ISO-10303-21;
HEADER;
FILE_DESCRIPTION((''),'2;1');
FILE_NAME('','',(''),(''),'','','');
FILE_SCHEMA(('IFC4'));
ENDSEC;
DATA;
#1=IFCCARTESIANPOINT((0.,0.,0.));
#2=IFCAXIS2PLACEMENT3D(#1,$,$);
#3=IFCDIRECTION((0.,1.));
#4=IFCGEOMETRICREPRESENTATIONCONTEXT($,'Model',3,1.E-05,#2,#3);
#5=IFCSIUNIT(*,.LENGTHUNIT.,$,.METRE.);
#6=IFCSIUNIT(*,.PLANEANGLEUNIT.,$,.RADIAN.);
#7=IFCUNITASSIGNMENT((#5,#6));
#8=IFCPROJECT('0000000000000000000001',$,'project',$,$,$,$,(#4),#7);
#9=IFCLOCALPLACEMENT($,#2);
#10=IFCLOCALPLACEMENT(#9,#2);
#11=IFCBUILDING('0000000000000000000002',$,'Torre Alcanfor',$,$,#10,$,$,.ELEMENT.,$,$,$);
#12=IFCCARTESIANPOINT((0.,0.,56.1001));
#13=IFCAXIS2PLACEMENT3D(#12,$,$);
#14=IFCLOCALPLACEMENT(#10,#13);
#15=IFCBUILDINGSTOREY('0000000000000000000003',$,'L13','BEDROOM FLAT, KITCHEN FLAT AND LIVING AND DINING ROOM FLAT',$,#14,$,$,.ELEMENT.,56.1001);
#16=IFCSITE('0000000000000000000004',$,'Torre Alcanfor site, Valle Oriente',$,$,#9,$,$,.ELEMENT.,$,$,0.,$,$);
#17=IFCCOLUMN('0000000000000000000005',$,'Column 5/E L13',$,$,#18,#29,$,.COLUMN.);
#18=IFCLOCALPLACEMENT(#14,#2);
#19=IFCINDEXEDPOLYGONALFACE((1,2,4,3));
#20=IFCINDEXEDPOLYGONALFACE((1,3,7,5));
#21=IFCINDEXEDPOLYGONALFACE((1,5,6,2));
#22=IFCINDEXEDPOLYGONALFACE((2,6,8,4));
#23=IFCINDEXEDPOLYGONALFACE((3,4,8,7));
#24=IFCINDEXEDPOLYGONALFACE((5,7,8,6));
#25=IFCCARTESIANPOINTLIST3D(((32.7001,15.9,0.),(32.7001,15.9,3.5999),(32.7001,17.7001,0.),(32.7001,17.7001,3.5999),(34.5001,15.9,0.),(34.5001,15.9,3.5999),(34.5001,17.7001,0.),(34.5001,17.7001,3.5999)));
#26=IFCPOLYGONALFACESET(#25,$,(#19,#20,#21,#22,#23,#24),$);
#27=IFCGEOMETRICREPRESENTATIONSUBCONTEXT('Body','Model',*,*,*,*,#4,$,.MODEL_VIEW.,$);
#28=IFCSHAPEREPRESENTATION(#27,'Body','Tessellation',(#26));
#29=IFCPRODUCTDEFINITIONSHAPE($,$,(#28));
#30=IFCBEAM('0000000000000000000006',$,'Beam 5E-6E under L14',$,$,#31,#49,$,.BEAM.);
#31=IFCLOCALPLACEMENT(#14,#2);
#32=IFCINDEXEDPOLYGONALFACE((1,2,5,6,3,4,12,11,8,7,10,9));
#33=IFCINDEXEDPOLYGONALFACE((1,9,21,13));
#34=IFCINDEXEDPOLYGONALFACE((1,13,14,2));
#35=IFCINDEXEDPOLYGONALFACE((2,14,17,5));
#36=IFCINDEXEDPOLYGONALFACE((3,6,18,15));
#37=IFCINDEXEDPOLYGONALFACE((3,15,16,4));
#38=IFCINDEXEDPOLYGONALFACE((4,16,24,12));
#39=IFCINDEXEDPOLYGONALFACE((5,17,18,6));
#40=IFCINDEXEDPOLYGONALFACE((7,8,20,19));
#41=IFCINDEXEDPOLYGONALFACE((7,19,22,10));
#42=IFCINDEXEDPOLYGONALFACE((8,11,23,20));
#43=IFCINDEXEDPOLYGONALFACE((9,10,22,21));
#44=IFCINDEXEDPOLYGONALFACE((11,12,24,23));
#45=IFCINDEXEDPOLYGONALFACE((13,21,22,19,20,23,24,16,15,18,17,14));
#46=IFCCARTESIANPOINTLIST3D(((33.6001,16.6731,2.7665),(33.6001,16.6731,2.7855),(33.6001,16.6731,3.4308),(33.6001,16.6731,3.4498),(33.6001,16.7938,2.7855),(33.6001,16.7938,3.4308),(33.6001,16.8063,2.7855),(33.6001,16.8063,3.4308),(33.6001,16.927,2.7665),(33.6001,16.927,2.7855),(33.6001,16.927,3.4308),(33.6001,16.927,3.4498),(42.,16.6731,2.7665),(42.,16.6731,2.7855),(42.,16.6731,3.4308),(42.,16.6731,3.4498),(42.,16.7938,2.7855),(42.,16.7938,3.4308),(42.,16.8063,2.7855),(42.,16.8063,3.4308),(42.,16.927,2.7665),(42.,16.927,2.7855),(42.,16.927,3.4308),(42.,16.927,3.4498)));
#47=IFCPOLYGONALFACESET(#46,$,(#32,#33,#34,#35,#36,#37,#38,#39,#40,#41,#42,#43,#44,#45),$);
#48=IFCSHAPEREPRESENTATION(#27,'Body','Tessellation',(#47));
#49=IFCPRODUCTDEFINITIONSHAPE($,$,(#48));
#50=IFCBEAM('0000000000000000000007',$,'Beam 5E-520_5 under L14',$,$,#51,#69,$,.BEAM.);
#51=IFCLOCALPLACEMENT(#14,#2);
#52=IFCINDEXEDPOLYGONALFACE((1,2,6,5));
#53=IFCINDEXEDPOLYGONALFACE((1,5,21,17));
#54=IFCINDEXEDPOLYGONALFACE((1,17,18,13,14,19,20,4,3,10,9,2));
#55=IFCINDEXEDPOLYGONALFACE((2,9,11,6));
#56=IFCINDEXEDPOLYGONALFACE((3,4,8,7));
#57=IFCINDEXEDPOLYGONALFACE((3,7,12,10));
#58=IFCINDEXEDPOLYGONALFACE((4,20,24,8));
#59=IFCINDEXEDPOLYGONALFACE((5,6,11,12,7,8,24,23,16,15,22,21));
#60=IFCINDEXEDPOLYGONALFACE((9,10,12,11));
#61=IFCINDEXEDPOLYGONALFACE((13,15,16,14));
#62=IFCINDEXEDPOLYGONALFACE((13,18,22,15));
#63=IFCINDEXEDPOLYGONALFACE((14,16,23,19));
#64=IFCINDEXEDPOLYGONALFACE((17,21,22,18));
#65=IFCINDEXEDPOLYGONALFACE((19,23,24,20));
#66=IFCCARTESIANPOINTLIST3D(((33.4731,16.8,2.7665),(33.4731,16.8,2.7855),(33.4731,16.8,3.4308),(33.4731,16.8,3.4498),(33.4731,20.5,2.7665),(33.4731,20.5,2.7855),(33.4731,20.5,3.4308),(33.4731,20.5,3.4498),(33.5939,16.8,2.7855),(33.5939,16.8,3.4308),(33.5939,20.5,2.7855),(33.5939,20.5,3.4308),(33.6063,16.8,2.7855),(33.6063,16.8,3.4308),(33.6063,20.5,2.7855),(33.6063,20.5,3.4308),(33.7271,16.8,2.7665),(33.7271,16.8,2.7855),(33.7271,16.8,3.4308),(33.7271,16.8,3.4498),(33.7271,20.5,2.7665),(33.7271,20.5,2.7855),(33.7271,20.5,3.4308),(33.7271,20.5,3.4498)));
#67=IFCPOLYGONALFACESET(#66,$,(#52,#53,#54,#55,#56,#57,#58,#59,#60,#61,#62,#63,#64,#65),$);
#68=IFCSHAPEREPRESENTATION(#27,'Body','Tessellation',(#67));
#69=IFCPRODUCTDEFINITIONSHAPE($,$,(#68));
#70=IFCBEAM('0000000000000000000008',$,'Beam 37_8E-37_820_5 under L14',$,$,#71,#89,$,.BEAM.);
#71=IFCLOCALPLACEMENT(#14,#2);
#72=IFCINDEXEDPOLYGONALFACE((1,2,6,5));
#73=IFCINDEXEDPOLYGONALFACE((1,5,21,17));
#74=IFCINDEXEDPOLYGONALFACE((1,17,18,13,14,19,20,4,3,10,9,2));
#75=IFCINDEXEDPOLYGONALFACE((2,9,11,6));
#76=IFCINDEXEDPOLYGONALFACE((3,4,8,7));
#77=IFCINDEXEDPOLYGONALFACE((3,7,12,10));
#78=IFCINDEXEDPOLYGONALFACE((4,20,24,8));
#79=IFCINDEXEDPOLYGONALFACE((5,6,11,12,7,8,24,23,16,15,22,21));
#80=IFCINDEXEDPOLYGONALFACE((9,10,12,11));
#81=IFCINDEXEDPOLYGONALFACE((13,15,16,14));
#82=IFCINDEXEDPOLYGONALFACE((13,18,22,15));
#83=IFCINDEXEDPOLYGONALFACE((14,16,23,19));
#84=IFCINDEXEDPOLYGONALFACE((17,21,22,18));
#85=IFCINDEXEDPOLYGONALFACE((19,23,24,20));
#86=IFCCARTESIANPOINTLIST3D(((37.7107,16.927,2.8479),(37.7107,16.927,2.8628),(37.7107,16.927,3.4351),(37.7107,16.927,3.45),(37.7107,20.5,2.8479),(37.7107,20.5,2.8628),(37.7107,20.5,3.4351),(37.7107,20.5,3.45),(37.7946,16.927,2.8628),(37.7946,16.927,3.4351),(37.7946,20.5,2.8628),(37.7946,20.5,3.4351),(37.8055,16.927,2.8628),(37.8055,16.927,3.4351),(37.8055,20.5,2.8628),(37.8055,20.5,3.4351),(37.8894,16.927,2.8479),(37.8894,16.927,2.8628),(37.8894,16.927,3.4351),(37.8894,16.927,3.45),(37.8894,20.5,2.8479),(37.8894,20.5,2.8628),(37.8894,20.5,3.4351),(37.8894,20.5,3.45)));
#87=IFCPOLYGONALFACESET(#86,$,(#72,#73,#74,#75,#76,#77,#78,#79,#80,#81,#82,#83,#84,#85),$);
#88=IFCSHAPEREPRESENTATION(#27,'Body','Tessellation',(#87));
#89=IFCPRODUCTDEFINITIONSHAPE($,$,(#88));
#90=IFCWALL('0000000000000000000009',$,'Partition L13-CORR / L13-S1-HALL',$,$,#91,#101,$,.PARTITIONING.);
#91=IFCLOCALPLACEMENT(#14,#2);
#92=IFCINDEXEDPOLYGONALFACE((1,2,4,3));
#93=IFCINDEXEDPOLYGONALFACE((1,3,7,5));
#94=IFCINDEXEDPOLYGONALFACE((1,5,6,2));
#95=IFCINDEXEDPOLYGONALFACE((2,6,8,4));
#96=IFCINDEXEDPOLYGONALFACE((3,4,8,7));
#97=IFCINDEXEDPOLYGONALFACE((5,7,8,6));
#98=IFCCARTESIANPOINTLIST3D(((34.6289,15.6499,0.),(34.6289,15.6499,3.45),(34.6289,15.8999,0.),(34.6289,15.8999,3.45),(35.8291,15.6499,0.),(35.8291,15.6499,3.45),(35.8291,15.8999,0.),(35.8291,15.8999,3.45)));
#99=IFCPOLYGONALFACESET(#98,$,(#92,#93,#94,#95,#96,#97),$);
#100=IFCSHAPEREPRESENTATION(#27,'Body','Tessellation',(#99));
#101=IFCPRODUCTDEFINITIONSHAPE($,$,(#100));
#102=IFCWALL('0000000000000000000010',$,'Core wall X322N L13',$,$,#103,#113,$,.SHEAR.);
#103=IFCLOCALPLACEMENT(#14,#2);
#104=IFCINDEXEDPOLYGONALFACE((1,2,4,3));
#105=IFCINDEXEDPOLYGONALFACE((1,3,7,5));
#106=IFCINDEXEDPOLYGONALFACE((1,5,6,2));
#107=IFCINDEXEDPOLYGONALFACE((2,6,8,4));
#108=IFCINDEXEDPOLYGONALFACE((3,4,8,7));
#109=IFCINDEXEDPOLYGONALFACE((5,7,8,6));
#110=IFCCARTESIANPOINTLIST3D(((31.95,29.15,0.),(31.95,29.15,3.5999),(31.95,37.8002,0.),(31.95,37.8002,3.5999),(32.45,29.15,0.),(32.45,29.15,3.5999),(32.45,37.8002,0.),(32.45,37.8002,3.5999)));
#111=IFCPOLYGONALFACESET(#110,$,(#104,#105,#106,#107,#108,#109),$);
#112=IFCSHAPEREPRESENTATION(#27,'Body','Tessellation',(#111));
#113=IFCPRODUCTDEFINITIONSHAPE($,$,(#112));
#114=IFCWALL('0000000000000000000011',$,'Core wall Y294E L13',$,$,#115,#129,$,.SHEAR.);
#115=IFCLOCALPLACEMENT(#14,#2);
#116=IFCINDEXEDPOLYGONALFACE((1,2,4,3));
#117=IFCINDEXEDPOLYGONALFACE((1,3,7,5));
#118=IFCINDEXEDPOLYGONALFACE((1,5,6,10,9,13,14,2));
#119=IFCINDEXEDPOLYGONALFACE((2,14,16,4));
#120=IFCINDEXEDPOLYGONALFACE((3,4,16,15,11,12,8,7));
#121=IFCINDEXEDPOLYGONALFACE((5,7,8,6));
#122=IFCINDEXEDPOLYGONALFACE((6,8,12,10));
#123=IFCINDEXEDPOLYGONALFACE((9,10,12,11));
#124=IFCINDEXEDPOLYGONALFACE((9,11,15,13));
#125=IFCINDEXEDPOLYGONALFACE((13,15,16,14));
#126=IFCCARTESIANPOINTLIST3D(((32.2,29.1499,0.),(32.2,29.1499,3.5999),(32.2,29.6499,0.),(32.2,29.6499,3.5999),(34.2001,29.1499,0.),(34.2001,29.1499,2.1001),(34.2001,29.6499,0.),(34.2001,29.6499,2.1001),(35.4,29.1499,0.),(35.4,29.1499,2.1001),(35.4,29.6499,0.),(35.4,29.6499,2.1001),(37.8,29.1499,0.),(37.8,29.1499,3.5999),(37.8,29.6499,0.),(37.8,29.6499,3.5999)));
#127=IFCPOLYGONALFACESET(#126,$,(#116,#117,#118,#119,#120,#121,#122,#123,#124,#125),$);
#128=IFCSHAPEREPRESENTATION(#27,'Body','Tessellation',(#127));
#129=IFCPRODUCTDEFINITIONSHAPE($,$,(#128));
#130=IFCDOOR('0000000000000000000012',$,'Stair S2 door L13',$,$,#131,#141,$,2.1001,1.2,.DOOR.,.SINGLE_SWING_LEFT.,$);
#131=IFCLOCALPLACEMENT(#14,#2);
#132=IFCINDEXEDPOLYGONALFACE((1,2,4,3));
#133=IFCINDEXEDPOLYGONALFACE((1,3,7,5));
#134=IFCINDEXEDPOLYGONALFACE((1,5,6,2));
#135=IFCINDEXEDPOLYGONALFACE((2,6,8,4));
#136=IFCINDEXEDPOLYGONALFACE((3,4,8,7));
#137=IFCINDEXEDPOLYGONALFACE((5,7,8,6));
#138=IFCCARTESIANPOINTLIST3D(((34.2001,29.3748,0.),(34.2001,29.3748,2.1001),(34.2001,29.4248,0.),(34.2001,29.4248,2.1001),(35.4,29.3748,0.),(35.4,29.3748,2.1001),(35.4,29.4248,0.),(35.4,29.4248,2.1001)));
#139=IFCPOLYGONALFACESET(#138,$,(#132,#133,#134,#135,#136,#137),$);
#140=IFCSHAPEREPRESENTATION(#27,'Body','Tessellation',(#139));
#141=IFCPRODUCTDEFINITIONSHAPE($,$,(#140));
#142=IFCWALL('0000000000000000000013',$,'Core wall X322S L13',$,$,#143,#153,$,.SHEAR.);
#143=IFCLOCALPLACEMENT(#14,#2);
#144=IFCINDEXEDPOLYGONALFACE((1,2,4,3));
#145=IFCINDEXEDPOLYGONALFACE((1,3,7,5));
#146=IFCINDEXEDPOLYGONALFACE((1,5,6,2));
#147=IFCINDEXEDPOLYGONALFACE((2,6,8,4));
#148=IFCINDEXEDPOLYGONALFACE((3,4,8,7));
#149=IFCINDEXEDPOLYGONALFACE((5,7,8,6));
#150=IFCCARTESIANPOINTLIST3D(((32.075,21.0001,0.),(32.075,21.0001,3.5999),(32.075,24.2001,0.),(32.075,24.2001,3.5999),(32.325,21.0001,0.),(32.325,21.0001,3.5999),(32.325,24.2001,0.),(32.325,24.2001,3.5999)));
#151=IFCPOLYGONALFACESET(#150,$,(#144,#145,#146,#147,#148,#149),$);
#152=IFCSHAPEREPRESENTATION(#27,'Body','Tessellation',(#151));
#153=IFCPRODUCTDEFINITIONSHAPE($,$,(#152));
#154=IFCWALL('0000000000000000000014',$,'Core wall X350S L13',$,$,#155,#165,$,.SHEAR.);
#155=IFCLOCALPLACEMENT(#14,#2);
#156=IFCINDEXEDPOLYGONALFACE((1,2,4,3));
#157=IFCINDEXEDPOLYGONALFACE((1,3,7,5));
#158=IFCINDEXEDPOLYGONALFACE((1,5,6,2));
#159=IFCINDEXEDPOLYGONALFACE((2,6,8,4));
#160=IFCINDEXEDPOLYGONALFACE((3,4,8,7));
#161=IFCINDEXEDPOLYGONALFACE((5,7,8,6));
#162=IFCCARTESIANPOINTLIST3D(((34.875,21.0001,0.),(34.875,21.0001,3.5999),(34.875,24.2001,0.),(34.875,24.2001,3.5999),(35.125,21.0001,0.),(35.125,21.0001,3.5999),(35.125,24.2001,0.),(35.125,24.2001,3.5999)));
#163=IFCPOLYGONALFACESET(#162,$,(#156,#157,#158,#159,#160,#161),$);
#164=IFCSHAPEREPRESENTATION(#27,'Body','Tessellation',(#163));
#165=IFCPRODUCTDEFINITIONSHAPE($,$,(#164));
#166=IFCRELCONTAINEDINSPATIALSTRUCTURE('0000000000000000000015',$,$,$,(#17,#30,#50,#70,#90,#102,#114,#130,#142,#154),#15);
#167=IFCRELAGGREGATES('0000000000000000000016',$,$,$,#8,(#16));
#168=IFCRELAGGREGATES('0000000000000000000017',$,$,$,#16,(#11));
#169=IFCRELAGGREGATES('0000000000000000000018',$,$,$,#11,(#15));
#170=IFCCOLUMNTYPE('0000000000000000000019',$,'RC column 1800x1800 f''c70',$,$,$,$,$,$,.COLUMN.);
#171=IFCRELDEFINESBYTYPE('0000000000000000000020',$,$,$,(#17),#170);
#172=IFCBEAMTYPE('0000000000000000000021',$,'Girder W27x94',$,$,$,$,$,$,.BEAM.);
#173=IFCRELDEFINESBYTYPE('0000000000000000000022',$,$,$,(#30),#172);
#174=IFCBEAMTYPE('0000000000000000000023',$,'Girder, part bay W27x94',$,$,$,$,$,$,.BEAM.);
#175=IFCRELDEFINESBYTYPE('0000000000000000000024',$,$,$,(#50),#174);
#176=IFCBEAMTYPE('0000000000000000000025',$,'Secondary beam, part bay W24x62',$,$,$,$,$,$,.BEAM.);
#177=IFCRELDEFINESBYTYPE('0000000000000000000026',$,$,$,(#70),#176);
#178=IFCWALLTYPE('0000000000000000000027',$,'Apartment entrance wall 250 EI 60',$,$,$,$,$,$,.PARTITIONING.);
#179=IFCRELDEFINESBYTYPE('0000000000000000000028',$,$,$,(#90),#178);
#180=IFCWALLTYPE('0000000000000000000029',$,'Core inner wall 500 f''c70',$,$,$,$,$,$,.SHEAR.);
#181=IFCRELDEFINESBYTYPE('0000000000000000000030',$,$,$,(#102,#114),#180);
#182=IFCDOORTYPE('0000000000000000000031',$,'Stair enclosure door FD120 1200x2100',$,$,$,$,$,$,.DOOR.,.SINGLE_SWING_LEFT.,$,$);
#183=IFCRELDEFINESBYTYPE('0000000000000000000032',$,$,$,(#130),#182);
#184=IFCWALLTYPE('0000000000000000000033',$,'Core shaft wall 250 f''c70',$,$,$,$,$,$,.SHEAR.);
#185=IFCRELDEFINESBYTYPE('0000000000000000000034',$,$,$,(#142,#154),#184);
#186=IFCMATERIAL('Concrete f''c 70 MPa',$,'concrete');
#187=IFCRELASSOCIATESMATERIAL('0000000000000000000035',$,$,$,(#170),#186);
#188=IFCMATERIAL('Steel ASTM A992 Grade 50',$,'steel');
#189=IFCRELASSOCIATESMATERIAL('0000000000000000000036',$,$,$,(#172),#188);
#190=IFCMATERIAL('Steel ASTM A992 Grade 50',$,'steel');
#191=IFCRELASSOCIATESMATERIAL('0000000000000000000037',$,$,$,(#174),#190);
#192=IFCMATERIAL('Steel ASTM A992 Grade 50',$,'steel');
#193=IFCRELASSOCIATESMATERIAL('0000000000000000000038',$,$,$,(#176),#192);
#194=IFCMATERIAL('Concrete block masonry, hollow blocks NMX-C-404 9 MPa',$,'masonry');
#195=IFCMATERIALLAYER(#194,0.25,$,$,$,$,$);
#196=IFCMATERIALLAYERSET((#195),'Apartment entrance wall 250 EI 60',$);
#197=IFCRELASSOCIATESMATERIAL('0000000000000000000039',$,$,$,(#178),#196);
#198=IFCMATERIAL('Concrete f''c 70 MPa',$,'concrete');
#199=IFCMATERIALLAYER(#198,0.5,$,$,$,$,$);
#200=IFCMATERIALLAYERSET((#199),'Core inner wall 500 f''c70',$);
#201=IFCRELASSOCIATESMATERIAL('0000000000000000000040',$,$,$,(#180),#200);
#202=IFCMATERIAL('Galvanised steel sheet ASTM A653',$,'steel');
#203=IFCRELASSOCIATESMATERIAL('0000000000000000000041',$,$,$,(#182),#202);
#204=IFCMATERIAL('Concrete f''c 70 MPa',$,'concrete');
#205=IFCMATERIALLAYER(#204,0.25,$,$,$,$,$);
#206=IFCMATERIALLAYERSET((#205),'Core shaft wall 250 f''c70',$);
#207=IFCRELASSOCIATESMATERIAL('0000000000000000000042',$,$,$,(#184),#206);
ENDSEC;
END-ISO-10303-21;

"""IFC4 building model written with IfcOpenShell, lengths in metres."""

from ifc_helpers import new_model, si_unit, direction, frame, frame_2d, origin, origin_2d, place, context, subcontext, project, spatial, rectangle, i_section, extrude, material, layer, layer_set, material_profile, profile_set, type_object, element, fill, save


model = new_model("IFC4")

# Units and contexts
model_context = context("Model", 3, precision=1e-05, world=origin(), true_north=direction((0.0, 1.0)))
body_context = subcontext(model_context, "Body", "Model", "MODEL_VIEW")
ifc_project = project(units=[si_unit("LENGTHUNIT", "METRE"), si_unit("PLANEANGLEUNIT", "RADIAN")], contexts=[model_context])

# Site, building, storey
site_placement = place(None, origin())
site = spatial("IfcSite", under=ifc_project, at=site_placement, Name="Torre Alcanfor site, Valle Oriente", CompositionType="ELEMENT", RefElevation=0.0)
building_placement = place(site_placement, origin())
building = spatial("IfcBuilding", under=site, at=building_placement, Name="Torre Alcanfor", CompositionType="ELEMENT")
storey_placement = place(building_placement, frame((0.0, 0.0, 56.1001)))
storey = spatial("IfcBuildingStorey", under=building, at=storey_placement, Name="L13", Description="BEDROOM FLAT, KITCHEN FLAT AND LIVING AND DINING ROOM FLAT", CompositionType="ELEMENT", Elevation=56.1001)

# Column
ifc_material_1 = material(Name="Concrete f'c 70 MPa", Category="concrete")
ifc_material_profile_1 = material_profile(ifc_material_1, rectangle(XDim=1.8, YDim=1.8, at=origin_2d()), Name="1800x1800")
ifc_profile_set_1 = profile_set([ifc_material_profile_1], Name="Concrete f'c 70 MPa")
column_type = type_object("IfcColumnType", Name="RC column 1800x1800 f'c70", PredefinedType="COLUMN", material=ifc_profile_set_1)
column_placement = place(storey_placement, frame((33.6001, 16.8, 0.0), z_axis=(0.0, 0.0, 1.0), x_axis=(1.0, 0.0, 0.0)))
element("IfcColumn", 1, at=column_placement, inside=storey, type_object=column_type, Name="Column 5/E L13", PredefinedType="COLUMN", context=body_context, shape_type="SweptSolid", body=[
    extrude(rectangle(XDim=1.8, YDim=1.8, at=origin_2d()), origin(), (0.0, 0.0, 1.0), 3.5999),
])

# Beams
ifc_material_2 = material(Name="Steel ASTM A992 Grade 50", Category="steel")
ifc_material_profile_2 = material_profile(ifc_material_2, i_section(OverallWidth=0.2539, OverallDepth=0.6833, WebThickness=0.0125, FlangeThickness=0.019, at=origin_2d()), Name="W27x94")
ifc_profile_set_2 = profile_set([ifc_material_profile_2], Name="Steel ASTM A992 Grade 50")
beam_type_1 = type_object("IfcBeamType", Name="Girder W27x94", PredefinedType="BEAM", material=ifc_profile_set_2)
beam_1_placement = place(storey_placement, frame((33.6001, 16.8, 3.1082), z_axis=(1.0, 0.0, 0.0), x_axis=(0.0, 1.0, 0.0)))
element("IfcBeam", 2, at=beam_1_placement, inside=storey, type_object=beam_type_1, Name="Beam 5E-6E under L14", PredefinedType="BEAM", context=body_context, shape_type="SweptSolid", body=[
    extrude(i_section(OverallWidth=0.2539, OverallDepth=0.6833, WebThickness=0.0125, FlangeThickness=0.019, at=origin_2d()), origin(), (0.0, 0.0, 1.0), 8.3999),
])
ifc_material_3 = material(Name="Steel ASTM A992 Grade 50", Category="steel")
ifc_material_profile_3 = material_profile(ifc_material_3, i_section(OverallWidth=0.2539, OverallDepth=0.6833, WebThickness=0.0125, FlangeThickness=0.019, at=origin_2d()), Name="W27x94")
ifc_profile_set_3 = profile_set([ifc_material_profile_3], Name="Steel ASTM A992 Grade 50")
beam_type_2 = type_object("IfcBeamType", Name="Girder, part bay W27x94", PredefinedType="BEAM", material=ifc_profile_set_3)
beam_2_placement = place(storey_placement, frame((33.6001, 16.8, 3.1082), z_axis=(0.0, 1.0, 0.0), x_axis=(-1.0, 0.0, 0.0)))
element("IfcBeam", 3, at=beam_2_placement, inside=storey, type_object=beam_type_2, Name="Beam 5E-520_5 under L14", PredefinedType="BEAM", context=body_context, shape_type="SweptSolid", body=[
    extrude(i_section(OverallWidth=0.2539, OverallDepth=0.6833, WebThickness=0.0125, FlangeThickness=0.019, at=origin_2d()), origin(), (0.0, 0.0, 1.0), 3.7),
])
ifc_material_4 = material(Name="Steel ASTM A992 Grade 50", Category="steel")
ifc_material_profile_4 = material_profile(ifc_material_4, i_section(OverallWidth=0.1787, OverallDepth=0.6021, WebThickness=0.011, FlangeThickness=0.0149, at=origin_2d()), Name="W24x62")
ifc_profile_set_4 = profile_set([ifc_material_profile_4], Name="Steel ASTM A992 Grade 50")
beam_type_3 = type_object("IfcBeamType", Name="Secondary beam, part bay W24x62", PredefinedType="BEAM", material=ifc_profile_set_4)
beam_3_placement = place(storey_placement, frame((37.8, 16.927, 3.1489), z_axis=(0.0, 1.0, 0.0), x_axis=(-1.0, 0.0, 0.0)))
element("IfcBeam", 4, at=beam_3_placement, inside=storey, type_object=beam_type_3, Name="Beam 37_8E-37_820_5 under L14", PredefinedType="BEAM", context=body_context, shape_type="SweptSolid", body=[
    extrude(i_section(OverallWidth=0.1787, OverallDepth=0.6021, WebThickness=0.011, FlangeThickness=0.0149, at=origin_2d()), origin(), (0.0, 0.0, 1.0), 3.573),
])

# Walls
ifc_material_5 = material(Name="Concrete block masonry, hollow blocks NMX-C-404 9 MPa", Category="masonry")
ifc_layer_1 = layer(ifc_material_5, 0.25)
ifc_layer_set_1 = layer_set([ifc_layer_1], Name="Apartment entrance wall 250 EI 60")
wall_type_1 = type_object("IfcWallType", Name="Apartment entrance wall 250 EI 60", PredefinedType="PARTITIONING", material=ifc_layer_set_1)
wall_1_placement = place(storey_placement, frame((35.8291, 15.7749, 0.0), z_axis=(0.0, 0.0, 1.0), x_axis=(-1.0, 0.0, 0.0)))
element("IfcWall", 5, at=wall_1_placement, inside=storey, type_object=wall_type_1, Name="Partition L13-CORR / L13-S1-HALL", PredefinedType="PARTITIONING", context=body_context, shape_type="SweptSolid", body=[
    extrude(rectangle(XDim=1.2002, YDim=0.25, at=frame_2d((0.6001, 0.0))), origin(), (0.0, 0.0, 1.0), 3.45),
])
ifc_material_6 = material(Name="Concrete f'c 70 MPa", Category="concrete")
ifc_layer_2 = layer(ifc_material_6, 0.5)
ifc_layer_set_2 = layer_set([ifc_layer_2], Name="Core inner wall 500 f'c70")
wall_type_2 = type_object("IfcWallType", Name="Core inner wall 500 f'c70", PredefinedType="SHEAR", material=ifc_layer_set_2)
wall_2_placement = place(storey_placement, frame((32.2, 29.1499, 0.0), z_axis=(0.0, 0.0, 1.0), x_axis=(0.0, 1.0, 0.0)))
element("IfcWall", 6, at=wall_2_placement, inside=storey, type_object=wall_type_2, Name="Core wall X322N L13", PredefinedType="SHEAR", context=body_context, shape_type="SweptSolid", body=[
    extrude(rectangle(XDim=8.6501, YDim=0.5, at=frame_2d((4.3252, 0.0))), origin(), (0.0, 0.0, 1.0), 3.5999),
])

# Wall, opening, door
wall_3_placement = place(storey_placement, frame((32.2, 29.3999, 0.0), z_axis=(0.0, 0.0, 1.0), x_axis=(1.0, 0.0, 0.0)))
wall_3 = element("IfcWall", 7, at=wall_3_placement, inside=storey, type_object=wall_type_2, Name="Core wall Y294E L13", PredefinedType="SHEAR", context=body_context, shape_type="SweptSolid", body=[
    extrude(rectangle(XDim=5.6001, YDim=0.5, at=frame_2d((2.8, 0.0))), origin(), (0.0, 0.0, 1.0), 3.5999),
])
opening_1_placement = place(wall_3_placement, frame((2.0, 0.0, 0.0)))
opening_1 = element("IfcOpeningElement", 8, at=opening_1_placement, cuts=wall_3, PredefinedType="OPENING", context=body_context, shape_type="SweptSolid", body=[
    extrude(rectangle(XDim=1.2, YDim=2.1001, at=frame_2d((0.6001, 1.05))), frame((0.0, 0.26, 0.0), z_axis=(0.0, -1.0, 0.0), x_axis=(1.0, 0.0, 0.0)), (0.0, 0.0, 1.0), 0.52),
])
ifc_material_7 = material(Name="Galvanised steel sheet ASTM A653", Category="steel")
door_type_1 = type_object("IfcDoorType", Name="Stair enclosure door FD120 1200x2100", OperationType="SINGLE_SWING_LEFT", PredefinedType="DOOR", material=ifc_material_7)
door_1_placement = place(opening_1_placement, origin())
door_1 = element("IfcDoor", 9, at=door_1_placement, inside=storey, type_object=door_type_1, Name="Stair S2 door L13", OperationType="SINGLE_SWING_LEFT", OverallHeight=2.1001, OverallWidth=1.2, PredefinedType="DOOR", context=body_context, shape_type="SweptSolid", body=[
    extrude(rectangle(XDim=1.2, YDim=2.1001, at=frame_2d((0.6001, 1.05))), frame((0.0, 0.0249, 0.0), z_axis=(0.0, -1.0, 0.0), x_axis=(1.0, 0.0, 0.0)), (0.0, 0.0, 1.0), 0.05),
])
fill(opening_1, door_1)

# Walls
ifc_material_8 = material(Name="Concrete f'c 70 MPa", Category="concrete")
ifc_layer_3 = layer(ifc_material_8, 0.25)
ifc_layer_set_3 = layer_set([ifc_layer_3], Name="Core shaft wall 250 f'c70")
wall_type_3 = type_object("IfcWallType", Name="Core shaft wall 250 f'c70", PredefinedType="SHEAR", material=ifc_layer_set_3)
for number, where, z_axis, x_axis, name in (
    (10, (32.2, 21.0, 0.0), (0.0, 0.0, 1.0), (0.0, 1.0, 0.0), "Core wall X322S L13"),
    (11, (35.0, 21.0, 0.0), (0.0, 0.0, 1.0), (0.0, 1.0, 0.0), "Core wall X350S L13"),
):
    element("IfcWall", number, at=place(storey_placement, frame(where, z_axis=z_axis, x_axis=x_axis)), inside=storey, type_object=wall_type_3, Name=name, PredefinedType="SHEAR", context=body_context, shape_type="SweptSolid", body=[
        extrude(rectangle(XDim=3.2, YDim=0.25, at=frame_2d((1.6001, 0.0))), origin(), (0.0, 0.0, 1.0), 3.5999),
    ])

save(model, "model.ifc")
